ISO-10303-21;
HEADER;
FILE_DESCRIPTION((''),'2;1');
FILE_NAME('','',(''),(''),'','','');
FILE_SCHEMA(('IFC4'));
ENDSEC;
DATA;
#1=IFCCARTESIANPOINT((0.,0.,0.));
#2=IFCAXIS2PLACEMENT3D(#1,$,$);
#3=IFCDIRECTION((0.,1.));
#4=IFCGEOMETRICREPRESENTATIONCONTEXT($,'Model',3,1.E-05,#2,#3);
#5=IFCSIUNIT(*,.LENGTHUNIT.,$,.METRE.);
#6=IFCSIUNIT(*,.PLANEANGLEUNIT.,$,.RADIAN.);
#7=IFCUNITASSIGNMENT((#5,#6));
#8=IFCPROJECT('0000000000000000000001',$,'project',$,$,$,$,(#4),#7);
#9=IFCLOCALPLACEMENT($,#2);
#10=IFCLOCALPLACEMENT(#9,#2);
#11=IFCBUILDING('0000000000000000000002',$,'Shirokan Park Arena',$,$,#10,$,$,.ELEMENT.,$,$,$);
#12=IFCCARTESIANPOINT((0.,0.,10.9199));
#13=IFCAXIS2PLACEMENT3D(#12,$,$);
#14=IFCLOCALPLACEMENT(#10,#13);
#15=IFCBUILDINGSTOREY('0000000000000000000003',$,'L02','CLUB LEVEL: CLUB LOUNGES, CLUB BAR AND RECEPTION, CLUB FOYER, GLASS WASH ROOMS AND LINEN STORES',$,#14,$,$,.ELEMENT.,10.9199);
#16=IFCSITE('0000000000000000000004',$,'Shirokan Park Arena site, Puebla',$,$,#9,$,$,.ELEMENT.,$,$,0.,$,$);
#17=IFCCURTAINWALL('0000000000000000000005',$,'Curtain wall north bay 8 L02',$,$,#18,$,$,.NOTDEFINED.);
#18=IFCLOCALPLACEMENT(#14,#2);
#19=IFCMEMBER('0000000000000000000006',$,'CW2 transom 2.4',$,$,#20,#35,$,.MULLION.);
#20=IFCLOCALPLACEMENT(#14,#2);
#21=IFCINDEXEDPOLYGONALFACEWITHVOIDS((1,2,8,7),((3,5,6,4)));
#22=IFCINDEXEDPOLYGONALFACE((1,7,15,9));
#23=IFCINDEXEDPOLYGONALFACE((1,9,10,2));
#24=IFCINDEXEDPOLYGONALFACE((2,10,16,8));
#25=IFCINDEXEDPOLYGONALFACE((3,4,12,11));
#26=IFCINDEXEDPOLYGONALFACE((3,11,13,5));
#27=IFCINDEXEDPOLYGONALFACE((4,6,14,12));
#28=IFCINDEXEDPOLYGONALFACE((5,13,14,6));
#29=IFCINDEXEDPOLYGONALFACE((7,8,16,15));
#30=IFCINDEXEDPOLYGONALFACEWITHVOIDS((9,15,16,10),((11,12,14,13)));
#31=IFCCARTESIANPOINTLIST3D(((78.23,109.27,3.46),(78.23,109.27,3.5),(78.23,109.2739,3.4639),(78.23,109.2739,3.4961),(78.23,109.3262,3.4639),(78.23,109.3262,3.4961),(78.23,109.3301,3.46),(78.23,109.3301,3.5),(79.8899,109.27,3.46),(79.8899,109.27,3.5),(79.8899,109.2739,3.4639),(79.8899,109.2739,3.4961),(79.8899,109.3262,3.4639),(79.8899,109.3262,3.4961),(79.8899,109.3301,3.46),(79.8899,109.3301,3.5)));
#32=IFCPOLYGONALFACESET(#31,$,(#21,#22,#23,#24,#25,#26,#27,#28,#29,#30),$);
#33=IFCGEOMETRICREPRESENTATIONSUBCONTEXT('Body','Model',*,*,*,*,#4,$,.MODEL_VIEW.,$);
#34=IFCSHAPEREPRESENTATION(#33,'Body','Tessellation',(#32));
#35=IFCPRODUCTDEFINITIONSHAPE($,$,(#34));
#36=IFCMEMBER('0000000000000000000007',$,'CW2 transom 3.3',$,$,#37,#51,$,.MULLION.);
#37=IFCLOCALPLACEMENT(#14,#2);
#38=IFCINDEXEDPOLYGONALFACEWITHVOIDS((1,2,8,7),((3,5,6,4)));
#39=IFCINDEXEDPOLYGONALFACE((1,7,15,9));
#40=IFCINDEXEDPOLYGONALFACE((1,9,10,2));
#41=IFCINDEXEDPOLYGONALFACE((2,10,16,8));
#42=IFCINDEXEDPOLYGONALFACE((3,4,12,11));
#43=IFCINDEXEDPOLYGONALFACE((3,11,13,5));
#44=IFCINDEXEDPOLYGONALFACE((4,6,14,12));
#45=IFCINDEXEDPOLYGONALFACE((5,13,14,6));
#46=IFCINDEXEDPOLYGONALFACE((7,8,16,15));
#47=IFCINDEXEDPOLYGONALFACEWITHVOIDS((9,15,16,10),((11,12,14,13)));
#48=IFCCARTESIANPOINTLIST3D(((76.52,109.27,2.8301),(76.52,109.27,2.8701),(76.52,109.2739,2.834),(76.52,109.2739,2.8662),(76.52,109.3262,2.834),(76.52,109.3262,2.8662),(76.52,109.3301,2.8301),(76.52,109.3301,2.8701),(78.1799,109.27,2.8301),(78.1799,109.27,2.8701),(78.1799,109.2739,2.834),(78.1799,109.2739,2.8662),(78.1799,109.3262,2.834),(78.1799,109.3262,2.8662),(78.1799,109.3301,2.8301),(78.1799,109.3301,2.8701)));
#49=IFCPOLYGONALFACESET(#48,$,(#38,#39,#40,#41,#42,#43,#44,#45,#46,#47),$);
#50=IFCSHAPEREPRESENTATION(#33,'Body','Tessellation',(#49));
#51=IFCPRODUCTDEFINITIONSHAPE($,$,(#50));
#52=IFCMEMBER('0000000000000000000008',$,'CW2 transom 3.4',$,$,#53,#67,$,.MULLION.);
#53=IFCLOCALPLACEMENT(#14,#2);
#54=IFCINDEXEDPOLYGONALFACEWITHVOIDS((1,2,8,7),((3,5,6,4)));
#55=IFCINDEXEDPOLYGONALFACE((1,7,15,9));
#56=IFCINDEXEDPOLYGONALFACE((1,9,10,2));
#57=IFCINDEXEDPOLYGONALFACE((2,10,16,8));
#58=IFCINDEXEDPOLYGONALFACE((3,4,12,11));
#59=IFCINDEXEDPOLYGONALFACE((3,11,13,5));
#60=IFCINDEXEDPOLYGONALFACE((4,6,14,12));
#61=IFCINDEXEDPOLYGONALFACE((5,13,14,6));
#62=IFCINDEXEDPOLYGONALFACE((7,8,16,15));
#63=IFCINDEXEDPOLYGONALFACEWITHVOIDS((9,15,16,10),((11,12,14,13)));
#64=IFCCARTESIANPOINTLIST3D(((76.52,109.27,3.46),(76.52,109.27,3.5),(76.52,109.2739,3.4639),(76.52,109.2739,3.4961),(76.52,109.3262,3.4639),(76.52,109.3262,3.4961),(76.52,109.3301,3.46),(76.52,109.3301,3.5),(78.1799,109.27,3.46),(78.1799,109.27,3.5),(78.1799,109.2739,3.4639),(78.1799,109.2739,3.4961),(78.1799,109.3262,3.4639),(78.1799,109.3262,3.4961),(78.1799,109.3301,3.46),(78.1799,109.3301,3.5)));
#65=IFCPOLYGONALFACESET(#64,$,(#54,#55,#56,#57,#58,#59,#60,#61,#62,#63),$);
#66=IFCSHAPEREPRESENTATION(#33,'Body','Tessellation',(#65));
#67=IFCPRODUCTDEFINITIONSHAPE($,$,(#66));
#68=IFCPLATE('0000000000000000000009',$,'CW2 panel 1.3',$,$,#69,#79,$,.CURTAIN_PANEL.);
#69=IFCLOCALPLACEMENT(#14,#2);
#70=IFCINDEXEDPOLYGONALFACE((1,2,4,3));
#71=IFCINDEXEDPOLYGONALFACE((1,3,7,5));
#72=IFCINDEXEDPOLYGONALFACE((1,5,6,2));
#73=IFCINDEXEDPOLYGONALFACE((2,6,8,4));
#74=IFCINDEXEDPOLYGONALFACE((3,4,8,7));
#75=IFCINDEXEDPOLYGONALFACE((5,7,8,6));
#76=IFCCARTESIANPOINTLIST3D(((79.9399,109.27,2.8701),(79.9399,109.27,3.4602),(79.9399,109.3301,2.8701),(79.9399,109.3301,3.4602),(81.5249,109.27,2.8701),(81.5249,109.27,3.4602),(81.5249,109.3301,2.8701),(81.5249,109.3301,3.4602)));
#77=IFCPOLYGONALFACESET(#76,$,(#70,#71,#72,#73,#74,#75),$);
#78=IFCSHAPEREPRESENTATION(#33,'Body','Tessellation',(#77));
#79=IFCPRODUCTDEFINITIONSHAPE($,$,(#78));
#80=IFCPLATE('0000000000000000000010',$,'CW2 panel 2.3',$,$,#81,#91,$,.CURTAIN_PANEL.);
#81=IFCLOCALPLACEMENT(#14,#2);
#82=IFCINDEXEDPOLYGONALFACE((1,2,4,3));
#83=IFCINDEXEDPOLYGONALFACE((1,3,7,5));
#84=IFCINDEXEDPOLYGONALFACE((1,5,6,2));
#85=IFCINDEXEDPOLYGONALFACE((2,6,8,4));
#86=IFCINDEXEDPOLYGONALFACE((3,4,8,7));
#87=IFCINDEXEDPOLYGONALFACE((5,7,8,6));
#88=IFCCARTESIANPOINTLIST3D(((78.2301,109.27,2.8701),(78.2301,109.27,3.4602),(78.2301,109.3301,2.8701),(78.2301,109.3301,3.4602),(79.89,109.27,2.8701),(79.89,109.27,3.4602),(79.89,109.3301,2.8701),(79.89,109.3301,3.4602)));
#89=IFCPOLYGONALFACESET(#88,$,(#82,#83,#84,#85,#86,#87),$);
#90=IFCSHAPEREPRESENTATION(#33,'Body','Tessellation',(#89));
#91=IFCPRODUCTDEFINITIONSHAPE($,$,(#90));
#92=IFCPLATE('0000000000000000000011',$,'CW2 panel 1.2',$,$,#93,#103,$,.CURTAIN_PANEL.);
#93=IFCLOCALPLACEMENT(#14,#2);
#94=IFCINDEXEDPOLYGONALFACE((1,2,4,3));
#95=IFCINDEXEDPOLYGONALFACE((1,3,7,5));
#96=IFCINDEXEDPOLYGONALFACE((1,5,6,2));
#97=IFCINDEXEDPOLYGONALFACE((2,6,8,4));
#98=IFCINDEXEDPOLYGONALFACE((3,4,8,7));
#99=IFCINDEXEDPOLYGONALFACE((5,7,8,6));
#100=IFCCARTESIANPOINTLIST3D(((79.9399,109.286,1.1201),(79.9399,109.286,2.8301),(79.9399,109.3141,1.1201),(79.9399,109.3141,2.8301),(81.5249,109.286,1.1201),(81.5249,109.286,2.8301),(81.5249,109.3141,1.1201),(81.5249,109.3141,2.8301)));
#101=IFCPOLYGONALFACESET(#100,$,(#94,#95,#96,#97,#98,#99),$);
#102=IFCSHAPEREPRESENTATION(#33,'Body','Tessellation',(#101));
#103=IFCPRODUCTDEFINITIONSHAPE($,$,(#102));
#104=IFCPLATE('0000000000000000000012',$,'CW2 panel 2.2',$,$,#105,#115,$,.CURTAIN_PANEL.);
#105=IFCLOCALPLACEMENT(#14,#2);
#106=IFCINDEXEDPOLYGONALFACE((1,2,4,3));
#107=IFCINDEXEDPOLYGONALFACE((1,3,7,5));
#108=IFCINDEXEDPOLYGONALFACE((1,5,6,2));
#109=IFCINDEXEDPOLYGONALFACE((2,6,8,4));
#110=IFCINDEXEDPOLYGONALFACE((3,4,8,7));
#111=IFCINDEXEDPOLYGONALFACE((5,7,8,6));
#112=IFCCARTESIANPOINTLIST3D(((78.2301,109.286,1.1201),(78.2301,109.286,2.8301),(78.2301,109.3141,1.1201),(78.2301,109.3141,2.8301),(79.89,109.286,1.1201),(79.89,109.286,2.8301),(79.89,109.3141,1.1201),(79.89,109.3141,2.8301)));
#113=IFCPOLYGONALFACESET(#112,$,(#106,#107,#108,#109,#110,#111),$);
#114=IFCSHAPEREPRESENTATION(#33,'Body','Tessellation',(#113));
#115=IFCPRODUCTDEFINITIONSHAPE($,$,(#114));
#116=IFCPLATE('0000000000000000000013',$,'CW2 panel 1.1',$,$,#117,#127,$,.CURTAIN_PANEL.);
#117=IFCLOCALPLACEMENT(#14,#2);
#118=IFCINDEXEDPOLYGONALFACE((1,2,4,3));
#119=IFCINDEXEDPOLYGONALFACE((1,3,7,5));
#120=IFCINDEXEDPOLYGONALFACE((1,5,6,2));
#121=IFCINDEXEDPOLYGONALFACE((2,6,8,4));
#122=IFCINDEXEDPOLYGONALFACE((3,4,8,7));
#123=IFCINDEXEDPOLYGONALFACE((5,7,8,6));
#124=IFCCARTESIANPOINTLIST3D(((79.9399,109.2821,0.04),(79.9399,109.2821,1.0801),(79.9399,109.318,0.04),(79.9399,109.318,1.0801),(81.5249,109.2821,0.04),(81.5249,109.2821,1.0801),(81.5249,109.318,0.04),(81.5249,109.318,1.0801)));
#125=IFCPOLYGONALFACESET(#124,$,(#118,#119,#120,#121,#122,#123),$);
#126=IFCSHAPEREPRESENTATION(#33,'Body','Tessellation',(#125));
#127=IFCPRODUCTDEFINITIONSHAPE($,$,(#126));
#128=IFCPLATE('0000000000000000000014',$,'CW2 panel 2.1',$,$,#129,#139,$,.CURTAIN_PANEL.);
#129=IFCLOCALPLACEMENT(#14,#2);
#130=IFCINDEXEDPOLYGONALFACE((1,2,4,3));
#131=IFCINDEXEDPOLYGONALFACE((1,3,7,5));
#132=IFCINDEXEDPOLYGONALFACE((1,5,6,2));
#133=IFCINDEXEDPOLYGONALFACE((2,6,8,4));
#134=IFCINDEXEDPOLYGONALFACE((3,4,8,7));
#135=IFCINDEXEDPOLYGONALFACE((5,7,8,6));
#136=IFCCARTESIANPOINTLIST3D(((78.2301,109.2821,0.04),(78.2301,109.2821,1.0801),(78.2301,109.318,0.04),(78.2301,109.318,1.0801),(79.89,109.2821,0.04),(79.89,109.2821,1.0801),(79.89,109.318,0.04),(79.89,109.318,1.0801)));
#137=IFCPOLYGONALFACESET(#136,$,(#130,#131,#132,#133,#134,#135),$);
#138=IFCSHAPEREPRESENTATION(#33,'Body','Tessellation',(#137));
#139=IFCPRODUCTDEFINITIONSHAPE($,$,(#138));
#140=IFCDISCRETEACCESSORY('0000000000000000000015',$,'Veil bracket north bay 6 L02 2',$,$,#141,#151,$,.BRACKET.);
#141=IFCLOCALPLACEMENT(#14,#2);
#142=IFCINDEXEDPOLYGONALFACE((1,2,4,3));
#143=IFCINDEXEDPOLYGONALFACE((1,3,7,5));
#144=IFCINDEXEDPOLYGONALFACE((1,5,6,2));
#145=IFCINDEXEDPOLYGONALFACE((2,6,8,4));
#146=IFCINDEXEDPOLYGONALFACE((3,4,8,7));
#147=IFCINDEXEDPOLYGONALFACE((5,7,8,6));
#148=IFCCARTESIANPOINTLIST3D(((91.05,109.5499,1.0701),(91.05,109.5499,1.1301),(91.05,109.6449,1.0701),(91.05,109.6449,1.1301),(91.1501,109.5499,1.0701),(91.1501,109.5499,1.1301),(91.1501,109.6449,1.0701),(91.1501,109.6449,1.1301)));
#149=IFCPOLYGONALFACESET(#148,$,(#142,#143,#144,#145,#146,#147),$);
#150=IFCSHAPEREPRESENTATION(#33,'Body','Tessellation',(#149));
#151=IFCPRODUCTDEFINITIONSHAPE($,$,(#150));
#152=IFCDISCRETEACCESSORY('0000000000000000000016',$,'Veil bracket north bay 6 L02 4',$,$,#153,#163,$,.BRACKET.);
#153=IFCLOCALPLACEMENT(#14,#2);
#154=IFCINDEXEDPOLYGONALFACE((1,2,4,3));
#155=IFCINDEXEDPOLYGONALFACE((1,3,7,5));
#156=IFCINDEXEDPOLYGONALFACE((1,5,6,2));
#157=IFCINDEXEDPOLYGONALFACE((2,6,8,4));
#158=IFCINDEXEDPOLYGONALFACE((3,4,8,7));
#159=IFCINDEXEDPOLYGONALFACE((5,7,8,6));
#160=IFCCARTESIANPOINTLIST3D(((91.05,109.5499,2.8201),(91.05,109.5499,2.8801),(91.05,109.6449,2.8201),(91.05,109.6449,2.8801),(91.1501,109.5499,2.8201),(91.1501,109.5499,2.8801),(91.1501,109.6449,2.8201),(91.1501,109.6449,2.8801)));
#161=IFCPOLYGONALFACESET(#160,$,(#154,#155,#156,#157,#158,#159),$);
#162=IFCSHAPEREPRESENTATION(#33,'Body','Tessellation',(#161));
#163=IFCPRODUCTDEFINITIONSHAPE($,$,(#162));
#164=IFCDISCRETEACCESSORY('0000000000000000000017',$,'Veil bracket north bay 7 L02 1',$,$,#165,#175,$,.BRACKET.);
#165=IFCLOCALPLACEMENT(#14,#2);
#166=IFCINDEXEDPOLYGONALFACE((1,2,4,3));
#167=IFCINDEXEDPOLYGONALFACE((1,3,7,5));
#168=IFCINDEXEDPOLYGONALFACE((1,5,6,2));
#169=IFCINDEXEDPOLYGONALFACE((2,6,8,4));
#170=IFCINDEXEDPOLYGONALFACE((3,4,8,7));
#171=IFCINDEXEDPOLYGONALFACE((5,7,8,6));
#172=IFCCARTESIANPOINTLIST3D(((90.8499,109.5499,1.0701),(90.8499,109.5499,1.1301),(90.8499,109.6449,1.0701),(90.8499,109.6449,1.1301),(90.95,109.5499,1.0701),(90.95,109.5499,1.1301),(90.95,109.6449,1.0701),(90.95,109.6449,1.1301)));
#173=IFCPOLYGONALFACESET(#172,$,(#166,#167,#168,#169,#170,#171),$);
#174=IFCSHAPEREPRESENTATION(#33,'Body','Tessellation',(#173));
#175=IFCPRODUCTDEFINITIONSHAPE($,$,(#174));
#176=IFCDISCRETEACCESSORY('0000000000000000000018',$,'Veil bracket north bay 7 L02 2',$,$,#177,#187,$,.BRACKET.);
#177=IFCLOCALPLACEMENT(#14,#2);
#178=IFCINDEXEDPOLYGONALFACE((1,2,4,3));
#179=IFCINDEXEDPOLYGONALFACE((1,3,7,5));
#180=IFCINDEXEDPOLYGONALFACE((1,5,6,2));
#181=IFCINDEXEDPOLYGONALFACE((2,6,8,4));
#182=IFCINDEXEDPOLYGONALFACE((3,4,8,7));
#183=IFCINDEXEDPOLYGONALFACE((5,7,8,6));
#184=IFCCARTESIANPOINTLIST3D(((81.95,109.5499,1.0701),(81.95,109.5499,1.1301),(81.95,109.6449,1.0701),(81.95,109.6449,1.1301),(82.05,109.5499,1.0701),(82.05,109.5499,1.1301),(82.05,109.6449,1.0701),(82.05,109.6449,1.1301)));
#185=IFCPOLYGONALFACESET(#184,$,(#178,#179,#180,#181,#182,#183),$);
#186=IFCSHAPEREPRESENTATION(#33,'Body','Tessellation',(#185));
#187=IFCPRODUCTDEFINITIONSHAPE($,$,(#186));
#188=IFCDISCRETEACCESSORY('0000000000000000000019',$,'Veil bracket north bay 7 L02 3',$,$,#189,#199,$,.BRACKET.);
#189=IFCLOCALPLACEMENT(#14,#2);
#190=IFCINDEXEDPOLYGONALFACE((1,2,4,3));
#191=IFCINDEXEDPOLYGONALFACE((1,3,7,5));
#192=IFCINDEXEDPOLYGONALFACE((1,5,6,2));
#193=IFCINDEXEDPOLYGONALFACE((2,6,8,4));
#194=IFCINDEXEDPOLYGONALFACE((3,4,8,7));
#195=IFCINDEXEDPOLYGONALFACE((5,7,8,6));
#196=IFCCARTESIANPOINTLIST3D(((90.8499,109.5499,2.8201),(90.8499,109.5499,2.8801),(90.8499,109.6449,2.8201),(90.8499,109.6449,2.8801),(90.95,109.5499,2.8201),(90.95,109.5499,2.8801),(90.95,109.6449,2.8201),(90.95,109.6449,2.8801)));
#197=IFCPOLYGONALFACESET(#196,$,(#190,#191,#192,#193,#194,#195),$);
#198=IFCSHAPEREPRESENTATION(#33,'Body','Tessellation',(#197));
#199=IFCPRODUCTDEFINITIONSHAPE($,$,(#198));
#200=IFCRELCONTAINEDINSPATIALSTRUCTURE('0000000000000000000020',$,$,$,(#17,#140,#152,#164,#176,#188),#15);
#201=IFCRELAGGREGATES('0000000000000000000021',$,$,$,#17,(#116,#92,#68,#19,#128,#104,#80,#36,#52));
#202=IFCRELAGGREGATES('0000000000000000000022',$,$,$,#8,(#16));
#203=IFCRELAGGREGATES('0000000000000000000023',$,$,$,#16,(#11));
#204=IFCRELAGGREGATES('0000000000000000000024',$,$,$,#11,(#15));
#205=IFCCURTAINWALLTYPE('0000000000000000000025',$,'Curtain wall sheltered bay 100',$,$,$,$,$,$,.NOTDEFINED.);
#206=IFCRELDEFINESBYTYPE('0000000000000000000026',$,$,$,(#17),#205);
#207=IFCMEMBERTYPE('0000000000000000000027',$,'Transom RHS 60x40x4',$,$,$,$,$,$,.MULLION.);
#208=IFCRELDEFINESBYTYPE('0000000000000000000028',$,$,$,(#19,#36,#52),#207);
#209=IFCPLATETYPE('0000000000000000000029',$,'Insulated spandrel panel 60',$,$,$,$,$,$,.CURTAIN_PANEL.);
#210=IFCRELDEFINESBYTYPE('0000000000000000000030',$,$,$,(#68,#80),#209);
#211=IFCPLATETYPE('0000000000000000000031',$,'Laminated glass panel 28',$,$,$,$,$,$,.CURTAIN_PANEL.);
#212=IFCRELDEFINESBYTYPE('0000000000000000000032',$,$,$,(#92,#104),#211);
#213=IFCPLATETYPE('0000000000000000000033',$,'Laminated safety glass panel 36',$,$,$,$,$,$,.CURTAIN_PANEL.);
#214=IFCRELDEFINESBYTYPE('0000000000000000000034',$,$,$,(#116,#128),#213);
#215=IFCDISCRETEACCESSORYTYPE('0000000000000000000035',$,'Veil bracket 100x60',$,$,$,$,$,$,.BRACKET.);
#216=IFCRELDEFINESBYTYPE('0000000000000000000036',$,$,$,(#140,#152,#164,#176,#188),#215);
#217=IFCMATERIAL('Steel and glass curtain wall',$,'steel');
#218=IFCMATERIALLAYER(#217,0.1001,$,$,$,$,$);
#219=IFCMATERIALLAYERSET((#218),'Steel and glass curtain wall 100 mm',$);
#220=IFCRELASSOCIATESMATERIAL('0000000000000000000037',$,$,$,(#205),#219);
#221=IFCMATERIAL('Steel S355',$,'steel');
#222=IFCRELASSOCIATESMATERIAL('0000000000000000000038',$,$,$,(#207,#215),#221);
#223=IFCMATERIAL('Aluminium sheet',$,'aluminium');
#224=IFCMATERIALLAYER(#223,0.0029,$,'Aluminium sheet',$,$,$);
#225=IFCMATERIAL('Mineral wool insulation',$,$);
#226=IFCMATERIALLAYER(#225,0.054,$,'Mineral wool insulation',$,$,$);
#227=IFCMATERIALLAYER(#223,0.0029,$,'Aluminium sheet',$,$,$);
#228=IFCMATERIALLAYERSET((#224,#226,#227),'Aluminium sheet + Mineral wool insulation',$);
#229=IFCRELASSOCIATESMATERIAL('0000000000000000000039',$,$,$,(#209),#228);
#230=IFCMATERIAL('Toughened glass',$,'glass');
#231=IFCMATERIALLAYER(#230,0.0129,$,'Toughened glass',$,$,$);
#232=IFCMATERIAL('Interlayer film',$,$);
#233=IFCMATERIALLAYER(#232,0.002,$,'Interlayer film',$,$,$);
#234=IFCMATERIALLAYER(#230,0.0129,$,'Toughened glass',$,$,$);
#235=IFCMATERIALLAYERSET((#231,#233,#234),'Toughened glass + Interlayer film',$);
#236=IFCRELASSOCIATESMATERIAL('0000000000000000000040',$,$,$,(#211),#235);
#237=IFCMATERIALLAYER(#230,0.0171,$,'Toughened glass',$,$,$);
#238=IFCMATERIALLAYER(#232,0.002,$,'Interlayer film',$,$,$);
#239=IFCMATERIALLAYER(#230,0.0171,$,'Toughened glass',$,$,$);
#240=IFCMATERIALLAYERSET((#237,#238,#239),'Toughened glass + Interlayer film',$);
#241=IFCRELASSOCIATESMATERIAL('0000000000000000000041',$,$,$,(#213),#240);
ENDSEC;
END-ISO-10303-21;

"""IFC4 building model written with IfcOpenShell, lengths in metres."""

from ifc_helpers import new_model, si_unit, direction, frame, origin, origin_2d, place, context, subcontext, project, spatial, rectangle, hollow_rectangle, extrude, material, layer, layer_set, material_profile, profile_set, type_object, element, aggregate, save


model = new_model("IFC4")

# Units and contexts
model_context = context("Model", 3, precision=1e-05, world=origin(), true_north=direction((0.0, 1.0)))
body_context = subcontext(model_context, "Body", "Model", "MODEL_VIEW")
ifc_project = project(units=[si_unit("LENGTHUNIT", "METRE"), si_unit("PLANEANGLEUNIT", "RADIAN")], contexts=[model_context])

# Site, building, storey
site_placement = place(None, origin())
site = spatial("IfcSite", under=ifc_project, at=site_placement, Name="Shirokan Park Arena site, Puebla", CompositionType="ELEMENT", RefElevation=0.0)
building_placement = place(site_placement, origin())
building = spatial("IfcBuilding", under=site, at=building_placement, Name="Shirokan Park Arena", CompositionType="ELEMENT")
storey_placement = place(building_placement, frame((0.0, 0.0, 10.9199)))
storey = spatial("IfcBuildingStorey", under=building, at=storey_placement, Name="L02", Description="CLUB LEVEL: CLUB LOUNGES, CLUB BAR AND RECEPTION, CLUB FOYER, GLASS WASH ROOMS AND LINEN STORES", CompositionType="ELEMENT", Elevation=10.9199)

# Shared definitions
ifc_material_1 = material(Name="Steel and glass curtain wall", Category="steel")
ifc_material_2 = material(Name="Steel S355", Category="steel")

# Curtain wall, members, plates
ifc_layer_1 = layer(ifc_material_1, 0.1001)
ifc_layer_set_1 = layer_set([ifc_layer_1], Name="Steel and glass curtain wall 100 mm")
curtain_wall_type_1 = type_object("IfcCurtainWallType", Name="Curtain wall sheltered bay 100", PredefinedType="NOTDEFINED", material=ifc_layer_set_1)
curtain_wall_1_placement = place(storey_placement, origin())
curtain_wall_1 = element("IfcCurtainWall", 1, at=curtain_wall_1_placement, inside=storey, type_object=curtain_wall_type_1, Name="Curtain wall north bay 8 L02", PredefinedType="NOTDEFINED")
ifc_material_profile_1 = material_profile(ifc_material_2, hollow_rectangle(XDim=0.0601, YDim=0.04, WallThickness=0.0039, at=origin_2d()), Name="RHS 60x40x4")
ifc_profile_set_1 = profile_set([ifc_material_profile_1], Name="Steel S355")
member_type_1 = type_object("IfcMemberType", Name="Transom RHS 60x40x4", PredefinedType="MULLION", material=ifc_profile_set_1)
member_1_placement = place(storey_placement, frame((79.8899, 109.3, 3.48), z_axis=(-1.0, 0.0, 0.0), x_axis=(0.0, -1.0, 0.0)))
member_1 = element("IfcMember", 2, at=member_1_placement, type_object=member_type_1, Name="CW2 transom 2.4", PredefinedType="MULLION", context=body_context, shape_type="SweptSolid", body=[
    extrude(hollow_rectangle(XDim=0.0601, YDim=0.04, WallThickness=0.0039, at=origin_2d()), origin(), (0.0, 0.0, 1.0), 1.6599),
])
member_2_placement = place(storey_placement, frame((78.1799, 109.3, 2.8501), z_axis=(-1.0, 0.0, 0.0), x_axis=(0.0, -1.0, 0.0)))
member_2 = element("IfcMember", 3, at=member_2_placement, type_object=member_type_1, Name="CW2 transom 3.3", PredefinedType="MULLION", context=body_context, shape_type="SweptSolid", body=[
    extrude(hollow_rectangle(XDim=0.0601, YDim=0.04, WallThickness=0.0039, at=origin_2d()), origin(), (0.0, 0.0, 1.0), 1.6599),
])
member_3_placement = place(storey_placement, frame((78.1799, 109.3, 3.48), z_axis=(-1.0, 0.0, 0.0), x_axis=(0.0, -1.0, 0.0)))
member_3 = element("IfcMember", 4, at=member_3_placement, type_object=member_type_1, Name="CW2 transom 3.4", PredefinedType="MULLION", context=body_context, shape_type="SweptSolid", body=[
    extrude(hollow_rectangle(XDim=0.0601, YDim=0.04, WallThickness=0.0039, at=origin_2d()), origin(), (0.0, 0.0, 1.0), 1.6599),
])
ifc_material_3 = material(Name="Aluminium sheet", Category="aluminium")
ifc_layer_2 = layer(ifc_material_3, 0.0029, Name="Aluminium sheet")
ifc_material_4 = material(Name="Mineral wool insulation")
ifc_layer_3 = layer(ifc_material_4, 0.054, Name="Mineral wool insulation")
ifc_layer_4 = layer(ifc_material_3, 0.0029, Name="Aluminium sheet")
ifc_layer_set_2 = layer_set([ifc_layer_2, ifc_layer_3, ifc_layer_4], Name="Aluminium sheet + Mineral wool insulation")
plate_type_1 = type_object("IfcPlateType", Name="Insulated spandrel panel 60", PredefinedType="CURTAIN_PANEL", material=ifc_layer_set_2)
plate_1_placement = place(storey_placement, frame((80.7324, 109.3, 2.8701), z_axis=(0.0, 0.0, 1.0), x_axis=(-1.0, 0.0, 0.0)))
plate_1 = element("IfcPlate", 5, at=plate_1_placement, type_object=plate_type_1, Name="CW2 panel 1.3", PredefinedType="CURTAIN_PANEL", context=body_context, shape_type="SweptSolid", body=[
    extrude(rectangle(XDim=1.585, YDim=0.0601, at=origin_2d()), origin(), (0.0, 0.0, 1.0), 0.5901),
])
plate_2_placement = place(storey_placement, frame((79.0601, 109.3, 2.8701), z_axis=(0.0, 0.0, 1.0), x_axis=(-1.0, 0.0, 0.0)))
plate_2 = element("IfcPlate", 6, at=plate_2_placement, type_object=plate_type_1, Name="CW2 panel 2.3", PredefinedType="CURTAIN_PANEL", context=body_context, shape_type="SweptSolid", body=[
    extrude(rectangle(XDim=1.6599, YDim=0.0601, at=origin_2d()), origin(), (0.0, 0.0, 1.0), 0.5901),
])
ifc_material_5 = material(Name="Toughened glass", Category="glass")
ifc_layer_5 = layer(ifc_material_5, 0.0129, Name="Toughened glass")
ifc_material_6 = material(Name="Interlayer film")
ifc_layer_6 = layer(ifc_material_6, 0.002, Name="Interlayer film")
ifc_layer_7 = layer(ifc_material_5, 0.0129, Name="Toughened glass")
ifc_layer_set_3 = layer_set([ifc_layer_5, ifc_layer_6, ifc_layer_7], Name="Toughened glass + Interlayer film")
plate_type_2 = type_object("IfcPlateType", Name="Laminated glass panel 28", PredefinedType="CURTAIN_PANEL", material=ifc_layer_set_3)
plate_3_placement = place(storey_placement, frame((80.7324, 109.3, 1.1201), z_axis=(0.0, 0.0, 1.0), x_axis=(-1.0, 0.0, 0.0)))
plate_3 = element("IfcPlate", 7, at=plate_3_placement, type_object=plate_type_2, Name="CW2 panel 1.2", PredefinedType="CURTAIN_PANEL", context=body_context, shape_type="SweptSolid", body=[
    extrude(rectangle(XDim=1.585, YDim=0.0281, at=origin_2d()), origin(), (0.0, 0.0, 1.0), 1.71),
])
plate_4_placement = place(storey_placement, frame((79.0601, 109.3, 1.1201), z_axis=(0.0, 0.0, 1.0), x_axis=(-1.0, 0.0, 0.0)))
plate_4 = element("IfcPlate", 8, at=plate_4_placement, type_object=plate_type_2, Name="CW2 panel 2.2", PredefinedType="CURTAIN_PANEL", context=body_context, shape_type="SweptSolid", body=[
    extrude(rectangle(XDim=1.6599, YDim=0.0281, at=origin_2d()), origin(), (0.0, 0.0, 1.0), 1.71),
])
ifc_layer_8 = layer(ifc_material_5, 0.0171, Name="Toughened glass")
ifc_layer_9 = layer(ifc_material_6, 0.002, Name="Interlayer film")
ifc_layer_10 = layer(ifc_material_5, 0.0171, Name="Toughened glass")
ifc_layer_set_4 = layer_set([ifc_layer_8, ifc_layer_9, ifc_layer_10], Name="Toughened glass + Interlayer film")
plate_type_3 = type_object("IfcPlateType", Name="Laminated safety glass panel 36", PredefinedType="CURTAIN_PANEL", material=ifc_layer_set_4)
plate_5_placement = place(storey_placement, frame((80.7324, 109.3, 0.04), z_axis=(0.0, 0.0, 1.0), x_axis=(-1.0, 0.0, 0.0)))
plate_5 = element("IfcPlate", 9, at=plate_5_placement, type_object=plate_type_3, Name="CW2 panel 1.1", PredefinedType="CURTAIN_PANEL", context=body_context, shape_type="SweptSolid", body=[
    extrude(rectangle(XDim=1.585, YDim=0.0359, at=origin_2d()), origin(), (0.0, 0.0, 1.0), 1.04),
])
plate_6_placement = place(storey_placement, frame((79.0601, 109.3, 0.04), z_axis=(0.0, 0.0, 1.0), x_axis=(-1.0, 0.0, 0.0)))
plate_6 = element("IfcPlate", 10, at=plate_6_placement, type_object=plate_type_3, Name="CW2 panel 2.1", PredefinedType="CURTAIN_PANEL", context=body_context, shape_type="SweptSolid", body=[
    extrude(rectangle(XDim=1.6599, YDim=0.0359, at=origin_2d()), origin(), (0.0, 0.0, 1.0), 1.04),
])
aggregate(curtain_wall_1, [plate_5, plate_3, plate_1, member_1, plate_6, plate_4, plate_2, member_2, member_3])

# Discrete accessories
discrete_accessory_type = type_object("IfcDiscreteAccessoryType", Name="Veil bracket 100x60", PredefinedType="BRACKET", material=ifc_material_2)
for number, where, z_axis, x_axis, name in (
    (11, (91.1001, 109.5974, 1.0701), (0.0, 0.0, 1.0), (-1.0, 0.0, 0.0), "Veil bracket north bay 6 L02 2"),
    (12, (91.1001, 109.5974, 2.8201), (0.0, 0.0, 1.0), (-1.0, 0.0, 0.0), "Veil bracket north bay 6 L02 4"),
    (13, (90.8999, 109.5974, 1.0701), (0.0, 0.0, 1.0), (-1.0, 0.0, 0.0), "Veil bracket north bay 7 L02 1"),
    (14, (82.0, 109.5974, 1.0701), (0.0, 0.0, 1.0), (-1.0, 0.0, 0.0), "Veil bracket north bay 7 L02 2"),
    (15, (90.8999, 109.5974, 2.8201), (0.0, 0.0, 1.0), (-1.0, 0.0, 0.0), "Veil bracket north bay 7 L02 3"),
):
    element("IfcDiscreteAccessory", number, at=place(storey_placement, frame(where, z_axis=z_axis, x_axis=x_axis)), inside=storey, type_object=discrete_accessory_type, Name=name, PredefinedType="BRACKET", context=body_context, shape_type="SweptSolid", body=[
        extrude(rectangle(XDim=0.1001, YDim=0.095, at=origin_2d()), origin(), (0.0, 0.0, 1.0), 0.0601),
    ])

save(model, "model.ifc")
